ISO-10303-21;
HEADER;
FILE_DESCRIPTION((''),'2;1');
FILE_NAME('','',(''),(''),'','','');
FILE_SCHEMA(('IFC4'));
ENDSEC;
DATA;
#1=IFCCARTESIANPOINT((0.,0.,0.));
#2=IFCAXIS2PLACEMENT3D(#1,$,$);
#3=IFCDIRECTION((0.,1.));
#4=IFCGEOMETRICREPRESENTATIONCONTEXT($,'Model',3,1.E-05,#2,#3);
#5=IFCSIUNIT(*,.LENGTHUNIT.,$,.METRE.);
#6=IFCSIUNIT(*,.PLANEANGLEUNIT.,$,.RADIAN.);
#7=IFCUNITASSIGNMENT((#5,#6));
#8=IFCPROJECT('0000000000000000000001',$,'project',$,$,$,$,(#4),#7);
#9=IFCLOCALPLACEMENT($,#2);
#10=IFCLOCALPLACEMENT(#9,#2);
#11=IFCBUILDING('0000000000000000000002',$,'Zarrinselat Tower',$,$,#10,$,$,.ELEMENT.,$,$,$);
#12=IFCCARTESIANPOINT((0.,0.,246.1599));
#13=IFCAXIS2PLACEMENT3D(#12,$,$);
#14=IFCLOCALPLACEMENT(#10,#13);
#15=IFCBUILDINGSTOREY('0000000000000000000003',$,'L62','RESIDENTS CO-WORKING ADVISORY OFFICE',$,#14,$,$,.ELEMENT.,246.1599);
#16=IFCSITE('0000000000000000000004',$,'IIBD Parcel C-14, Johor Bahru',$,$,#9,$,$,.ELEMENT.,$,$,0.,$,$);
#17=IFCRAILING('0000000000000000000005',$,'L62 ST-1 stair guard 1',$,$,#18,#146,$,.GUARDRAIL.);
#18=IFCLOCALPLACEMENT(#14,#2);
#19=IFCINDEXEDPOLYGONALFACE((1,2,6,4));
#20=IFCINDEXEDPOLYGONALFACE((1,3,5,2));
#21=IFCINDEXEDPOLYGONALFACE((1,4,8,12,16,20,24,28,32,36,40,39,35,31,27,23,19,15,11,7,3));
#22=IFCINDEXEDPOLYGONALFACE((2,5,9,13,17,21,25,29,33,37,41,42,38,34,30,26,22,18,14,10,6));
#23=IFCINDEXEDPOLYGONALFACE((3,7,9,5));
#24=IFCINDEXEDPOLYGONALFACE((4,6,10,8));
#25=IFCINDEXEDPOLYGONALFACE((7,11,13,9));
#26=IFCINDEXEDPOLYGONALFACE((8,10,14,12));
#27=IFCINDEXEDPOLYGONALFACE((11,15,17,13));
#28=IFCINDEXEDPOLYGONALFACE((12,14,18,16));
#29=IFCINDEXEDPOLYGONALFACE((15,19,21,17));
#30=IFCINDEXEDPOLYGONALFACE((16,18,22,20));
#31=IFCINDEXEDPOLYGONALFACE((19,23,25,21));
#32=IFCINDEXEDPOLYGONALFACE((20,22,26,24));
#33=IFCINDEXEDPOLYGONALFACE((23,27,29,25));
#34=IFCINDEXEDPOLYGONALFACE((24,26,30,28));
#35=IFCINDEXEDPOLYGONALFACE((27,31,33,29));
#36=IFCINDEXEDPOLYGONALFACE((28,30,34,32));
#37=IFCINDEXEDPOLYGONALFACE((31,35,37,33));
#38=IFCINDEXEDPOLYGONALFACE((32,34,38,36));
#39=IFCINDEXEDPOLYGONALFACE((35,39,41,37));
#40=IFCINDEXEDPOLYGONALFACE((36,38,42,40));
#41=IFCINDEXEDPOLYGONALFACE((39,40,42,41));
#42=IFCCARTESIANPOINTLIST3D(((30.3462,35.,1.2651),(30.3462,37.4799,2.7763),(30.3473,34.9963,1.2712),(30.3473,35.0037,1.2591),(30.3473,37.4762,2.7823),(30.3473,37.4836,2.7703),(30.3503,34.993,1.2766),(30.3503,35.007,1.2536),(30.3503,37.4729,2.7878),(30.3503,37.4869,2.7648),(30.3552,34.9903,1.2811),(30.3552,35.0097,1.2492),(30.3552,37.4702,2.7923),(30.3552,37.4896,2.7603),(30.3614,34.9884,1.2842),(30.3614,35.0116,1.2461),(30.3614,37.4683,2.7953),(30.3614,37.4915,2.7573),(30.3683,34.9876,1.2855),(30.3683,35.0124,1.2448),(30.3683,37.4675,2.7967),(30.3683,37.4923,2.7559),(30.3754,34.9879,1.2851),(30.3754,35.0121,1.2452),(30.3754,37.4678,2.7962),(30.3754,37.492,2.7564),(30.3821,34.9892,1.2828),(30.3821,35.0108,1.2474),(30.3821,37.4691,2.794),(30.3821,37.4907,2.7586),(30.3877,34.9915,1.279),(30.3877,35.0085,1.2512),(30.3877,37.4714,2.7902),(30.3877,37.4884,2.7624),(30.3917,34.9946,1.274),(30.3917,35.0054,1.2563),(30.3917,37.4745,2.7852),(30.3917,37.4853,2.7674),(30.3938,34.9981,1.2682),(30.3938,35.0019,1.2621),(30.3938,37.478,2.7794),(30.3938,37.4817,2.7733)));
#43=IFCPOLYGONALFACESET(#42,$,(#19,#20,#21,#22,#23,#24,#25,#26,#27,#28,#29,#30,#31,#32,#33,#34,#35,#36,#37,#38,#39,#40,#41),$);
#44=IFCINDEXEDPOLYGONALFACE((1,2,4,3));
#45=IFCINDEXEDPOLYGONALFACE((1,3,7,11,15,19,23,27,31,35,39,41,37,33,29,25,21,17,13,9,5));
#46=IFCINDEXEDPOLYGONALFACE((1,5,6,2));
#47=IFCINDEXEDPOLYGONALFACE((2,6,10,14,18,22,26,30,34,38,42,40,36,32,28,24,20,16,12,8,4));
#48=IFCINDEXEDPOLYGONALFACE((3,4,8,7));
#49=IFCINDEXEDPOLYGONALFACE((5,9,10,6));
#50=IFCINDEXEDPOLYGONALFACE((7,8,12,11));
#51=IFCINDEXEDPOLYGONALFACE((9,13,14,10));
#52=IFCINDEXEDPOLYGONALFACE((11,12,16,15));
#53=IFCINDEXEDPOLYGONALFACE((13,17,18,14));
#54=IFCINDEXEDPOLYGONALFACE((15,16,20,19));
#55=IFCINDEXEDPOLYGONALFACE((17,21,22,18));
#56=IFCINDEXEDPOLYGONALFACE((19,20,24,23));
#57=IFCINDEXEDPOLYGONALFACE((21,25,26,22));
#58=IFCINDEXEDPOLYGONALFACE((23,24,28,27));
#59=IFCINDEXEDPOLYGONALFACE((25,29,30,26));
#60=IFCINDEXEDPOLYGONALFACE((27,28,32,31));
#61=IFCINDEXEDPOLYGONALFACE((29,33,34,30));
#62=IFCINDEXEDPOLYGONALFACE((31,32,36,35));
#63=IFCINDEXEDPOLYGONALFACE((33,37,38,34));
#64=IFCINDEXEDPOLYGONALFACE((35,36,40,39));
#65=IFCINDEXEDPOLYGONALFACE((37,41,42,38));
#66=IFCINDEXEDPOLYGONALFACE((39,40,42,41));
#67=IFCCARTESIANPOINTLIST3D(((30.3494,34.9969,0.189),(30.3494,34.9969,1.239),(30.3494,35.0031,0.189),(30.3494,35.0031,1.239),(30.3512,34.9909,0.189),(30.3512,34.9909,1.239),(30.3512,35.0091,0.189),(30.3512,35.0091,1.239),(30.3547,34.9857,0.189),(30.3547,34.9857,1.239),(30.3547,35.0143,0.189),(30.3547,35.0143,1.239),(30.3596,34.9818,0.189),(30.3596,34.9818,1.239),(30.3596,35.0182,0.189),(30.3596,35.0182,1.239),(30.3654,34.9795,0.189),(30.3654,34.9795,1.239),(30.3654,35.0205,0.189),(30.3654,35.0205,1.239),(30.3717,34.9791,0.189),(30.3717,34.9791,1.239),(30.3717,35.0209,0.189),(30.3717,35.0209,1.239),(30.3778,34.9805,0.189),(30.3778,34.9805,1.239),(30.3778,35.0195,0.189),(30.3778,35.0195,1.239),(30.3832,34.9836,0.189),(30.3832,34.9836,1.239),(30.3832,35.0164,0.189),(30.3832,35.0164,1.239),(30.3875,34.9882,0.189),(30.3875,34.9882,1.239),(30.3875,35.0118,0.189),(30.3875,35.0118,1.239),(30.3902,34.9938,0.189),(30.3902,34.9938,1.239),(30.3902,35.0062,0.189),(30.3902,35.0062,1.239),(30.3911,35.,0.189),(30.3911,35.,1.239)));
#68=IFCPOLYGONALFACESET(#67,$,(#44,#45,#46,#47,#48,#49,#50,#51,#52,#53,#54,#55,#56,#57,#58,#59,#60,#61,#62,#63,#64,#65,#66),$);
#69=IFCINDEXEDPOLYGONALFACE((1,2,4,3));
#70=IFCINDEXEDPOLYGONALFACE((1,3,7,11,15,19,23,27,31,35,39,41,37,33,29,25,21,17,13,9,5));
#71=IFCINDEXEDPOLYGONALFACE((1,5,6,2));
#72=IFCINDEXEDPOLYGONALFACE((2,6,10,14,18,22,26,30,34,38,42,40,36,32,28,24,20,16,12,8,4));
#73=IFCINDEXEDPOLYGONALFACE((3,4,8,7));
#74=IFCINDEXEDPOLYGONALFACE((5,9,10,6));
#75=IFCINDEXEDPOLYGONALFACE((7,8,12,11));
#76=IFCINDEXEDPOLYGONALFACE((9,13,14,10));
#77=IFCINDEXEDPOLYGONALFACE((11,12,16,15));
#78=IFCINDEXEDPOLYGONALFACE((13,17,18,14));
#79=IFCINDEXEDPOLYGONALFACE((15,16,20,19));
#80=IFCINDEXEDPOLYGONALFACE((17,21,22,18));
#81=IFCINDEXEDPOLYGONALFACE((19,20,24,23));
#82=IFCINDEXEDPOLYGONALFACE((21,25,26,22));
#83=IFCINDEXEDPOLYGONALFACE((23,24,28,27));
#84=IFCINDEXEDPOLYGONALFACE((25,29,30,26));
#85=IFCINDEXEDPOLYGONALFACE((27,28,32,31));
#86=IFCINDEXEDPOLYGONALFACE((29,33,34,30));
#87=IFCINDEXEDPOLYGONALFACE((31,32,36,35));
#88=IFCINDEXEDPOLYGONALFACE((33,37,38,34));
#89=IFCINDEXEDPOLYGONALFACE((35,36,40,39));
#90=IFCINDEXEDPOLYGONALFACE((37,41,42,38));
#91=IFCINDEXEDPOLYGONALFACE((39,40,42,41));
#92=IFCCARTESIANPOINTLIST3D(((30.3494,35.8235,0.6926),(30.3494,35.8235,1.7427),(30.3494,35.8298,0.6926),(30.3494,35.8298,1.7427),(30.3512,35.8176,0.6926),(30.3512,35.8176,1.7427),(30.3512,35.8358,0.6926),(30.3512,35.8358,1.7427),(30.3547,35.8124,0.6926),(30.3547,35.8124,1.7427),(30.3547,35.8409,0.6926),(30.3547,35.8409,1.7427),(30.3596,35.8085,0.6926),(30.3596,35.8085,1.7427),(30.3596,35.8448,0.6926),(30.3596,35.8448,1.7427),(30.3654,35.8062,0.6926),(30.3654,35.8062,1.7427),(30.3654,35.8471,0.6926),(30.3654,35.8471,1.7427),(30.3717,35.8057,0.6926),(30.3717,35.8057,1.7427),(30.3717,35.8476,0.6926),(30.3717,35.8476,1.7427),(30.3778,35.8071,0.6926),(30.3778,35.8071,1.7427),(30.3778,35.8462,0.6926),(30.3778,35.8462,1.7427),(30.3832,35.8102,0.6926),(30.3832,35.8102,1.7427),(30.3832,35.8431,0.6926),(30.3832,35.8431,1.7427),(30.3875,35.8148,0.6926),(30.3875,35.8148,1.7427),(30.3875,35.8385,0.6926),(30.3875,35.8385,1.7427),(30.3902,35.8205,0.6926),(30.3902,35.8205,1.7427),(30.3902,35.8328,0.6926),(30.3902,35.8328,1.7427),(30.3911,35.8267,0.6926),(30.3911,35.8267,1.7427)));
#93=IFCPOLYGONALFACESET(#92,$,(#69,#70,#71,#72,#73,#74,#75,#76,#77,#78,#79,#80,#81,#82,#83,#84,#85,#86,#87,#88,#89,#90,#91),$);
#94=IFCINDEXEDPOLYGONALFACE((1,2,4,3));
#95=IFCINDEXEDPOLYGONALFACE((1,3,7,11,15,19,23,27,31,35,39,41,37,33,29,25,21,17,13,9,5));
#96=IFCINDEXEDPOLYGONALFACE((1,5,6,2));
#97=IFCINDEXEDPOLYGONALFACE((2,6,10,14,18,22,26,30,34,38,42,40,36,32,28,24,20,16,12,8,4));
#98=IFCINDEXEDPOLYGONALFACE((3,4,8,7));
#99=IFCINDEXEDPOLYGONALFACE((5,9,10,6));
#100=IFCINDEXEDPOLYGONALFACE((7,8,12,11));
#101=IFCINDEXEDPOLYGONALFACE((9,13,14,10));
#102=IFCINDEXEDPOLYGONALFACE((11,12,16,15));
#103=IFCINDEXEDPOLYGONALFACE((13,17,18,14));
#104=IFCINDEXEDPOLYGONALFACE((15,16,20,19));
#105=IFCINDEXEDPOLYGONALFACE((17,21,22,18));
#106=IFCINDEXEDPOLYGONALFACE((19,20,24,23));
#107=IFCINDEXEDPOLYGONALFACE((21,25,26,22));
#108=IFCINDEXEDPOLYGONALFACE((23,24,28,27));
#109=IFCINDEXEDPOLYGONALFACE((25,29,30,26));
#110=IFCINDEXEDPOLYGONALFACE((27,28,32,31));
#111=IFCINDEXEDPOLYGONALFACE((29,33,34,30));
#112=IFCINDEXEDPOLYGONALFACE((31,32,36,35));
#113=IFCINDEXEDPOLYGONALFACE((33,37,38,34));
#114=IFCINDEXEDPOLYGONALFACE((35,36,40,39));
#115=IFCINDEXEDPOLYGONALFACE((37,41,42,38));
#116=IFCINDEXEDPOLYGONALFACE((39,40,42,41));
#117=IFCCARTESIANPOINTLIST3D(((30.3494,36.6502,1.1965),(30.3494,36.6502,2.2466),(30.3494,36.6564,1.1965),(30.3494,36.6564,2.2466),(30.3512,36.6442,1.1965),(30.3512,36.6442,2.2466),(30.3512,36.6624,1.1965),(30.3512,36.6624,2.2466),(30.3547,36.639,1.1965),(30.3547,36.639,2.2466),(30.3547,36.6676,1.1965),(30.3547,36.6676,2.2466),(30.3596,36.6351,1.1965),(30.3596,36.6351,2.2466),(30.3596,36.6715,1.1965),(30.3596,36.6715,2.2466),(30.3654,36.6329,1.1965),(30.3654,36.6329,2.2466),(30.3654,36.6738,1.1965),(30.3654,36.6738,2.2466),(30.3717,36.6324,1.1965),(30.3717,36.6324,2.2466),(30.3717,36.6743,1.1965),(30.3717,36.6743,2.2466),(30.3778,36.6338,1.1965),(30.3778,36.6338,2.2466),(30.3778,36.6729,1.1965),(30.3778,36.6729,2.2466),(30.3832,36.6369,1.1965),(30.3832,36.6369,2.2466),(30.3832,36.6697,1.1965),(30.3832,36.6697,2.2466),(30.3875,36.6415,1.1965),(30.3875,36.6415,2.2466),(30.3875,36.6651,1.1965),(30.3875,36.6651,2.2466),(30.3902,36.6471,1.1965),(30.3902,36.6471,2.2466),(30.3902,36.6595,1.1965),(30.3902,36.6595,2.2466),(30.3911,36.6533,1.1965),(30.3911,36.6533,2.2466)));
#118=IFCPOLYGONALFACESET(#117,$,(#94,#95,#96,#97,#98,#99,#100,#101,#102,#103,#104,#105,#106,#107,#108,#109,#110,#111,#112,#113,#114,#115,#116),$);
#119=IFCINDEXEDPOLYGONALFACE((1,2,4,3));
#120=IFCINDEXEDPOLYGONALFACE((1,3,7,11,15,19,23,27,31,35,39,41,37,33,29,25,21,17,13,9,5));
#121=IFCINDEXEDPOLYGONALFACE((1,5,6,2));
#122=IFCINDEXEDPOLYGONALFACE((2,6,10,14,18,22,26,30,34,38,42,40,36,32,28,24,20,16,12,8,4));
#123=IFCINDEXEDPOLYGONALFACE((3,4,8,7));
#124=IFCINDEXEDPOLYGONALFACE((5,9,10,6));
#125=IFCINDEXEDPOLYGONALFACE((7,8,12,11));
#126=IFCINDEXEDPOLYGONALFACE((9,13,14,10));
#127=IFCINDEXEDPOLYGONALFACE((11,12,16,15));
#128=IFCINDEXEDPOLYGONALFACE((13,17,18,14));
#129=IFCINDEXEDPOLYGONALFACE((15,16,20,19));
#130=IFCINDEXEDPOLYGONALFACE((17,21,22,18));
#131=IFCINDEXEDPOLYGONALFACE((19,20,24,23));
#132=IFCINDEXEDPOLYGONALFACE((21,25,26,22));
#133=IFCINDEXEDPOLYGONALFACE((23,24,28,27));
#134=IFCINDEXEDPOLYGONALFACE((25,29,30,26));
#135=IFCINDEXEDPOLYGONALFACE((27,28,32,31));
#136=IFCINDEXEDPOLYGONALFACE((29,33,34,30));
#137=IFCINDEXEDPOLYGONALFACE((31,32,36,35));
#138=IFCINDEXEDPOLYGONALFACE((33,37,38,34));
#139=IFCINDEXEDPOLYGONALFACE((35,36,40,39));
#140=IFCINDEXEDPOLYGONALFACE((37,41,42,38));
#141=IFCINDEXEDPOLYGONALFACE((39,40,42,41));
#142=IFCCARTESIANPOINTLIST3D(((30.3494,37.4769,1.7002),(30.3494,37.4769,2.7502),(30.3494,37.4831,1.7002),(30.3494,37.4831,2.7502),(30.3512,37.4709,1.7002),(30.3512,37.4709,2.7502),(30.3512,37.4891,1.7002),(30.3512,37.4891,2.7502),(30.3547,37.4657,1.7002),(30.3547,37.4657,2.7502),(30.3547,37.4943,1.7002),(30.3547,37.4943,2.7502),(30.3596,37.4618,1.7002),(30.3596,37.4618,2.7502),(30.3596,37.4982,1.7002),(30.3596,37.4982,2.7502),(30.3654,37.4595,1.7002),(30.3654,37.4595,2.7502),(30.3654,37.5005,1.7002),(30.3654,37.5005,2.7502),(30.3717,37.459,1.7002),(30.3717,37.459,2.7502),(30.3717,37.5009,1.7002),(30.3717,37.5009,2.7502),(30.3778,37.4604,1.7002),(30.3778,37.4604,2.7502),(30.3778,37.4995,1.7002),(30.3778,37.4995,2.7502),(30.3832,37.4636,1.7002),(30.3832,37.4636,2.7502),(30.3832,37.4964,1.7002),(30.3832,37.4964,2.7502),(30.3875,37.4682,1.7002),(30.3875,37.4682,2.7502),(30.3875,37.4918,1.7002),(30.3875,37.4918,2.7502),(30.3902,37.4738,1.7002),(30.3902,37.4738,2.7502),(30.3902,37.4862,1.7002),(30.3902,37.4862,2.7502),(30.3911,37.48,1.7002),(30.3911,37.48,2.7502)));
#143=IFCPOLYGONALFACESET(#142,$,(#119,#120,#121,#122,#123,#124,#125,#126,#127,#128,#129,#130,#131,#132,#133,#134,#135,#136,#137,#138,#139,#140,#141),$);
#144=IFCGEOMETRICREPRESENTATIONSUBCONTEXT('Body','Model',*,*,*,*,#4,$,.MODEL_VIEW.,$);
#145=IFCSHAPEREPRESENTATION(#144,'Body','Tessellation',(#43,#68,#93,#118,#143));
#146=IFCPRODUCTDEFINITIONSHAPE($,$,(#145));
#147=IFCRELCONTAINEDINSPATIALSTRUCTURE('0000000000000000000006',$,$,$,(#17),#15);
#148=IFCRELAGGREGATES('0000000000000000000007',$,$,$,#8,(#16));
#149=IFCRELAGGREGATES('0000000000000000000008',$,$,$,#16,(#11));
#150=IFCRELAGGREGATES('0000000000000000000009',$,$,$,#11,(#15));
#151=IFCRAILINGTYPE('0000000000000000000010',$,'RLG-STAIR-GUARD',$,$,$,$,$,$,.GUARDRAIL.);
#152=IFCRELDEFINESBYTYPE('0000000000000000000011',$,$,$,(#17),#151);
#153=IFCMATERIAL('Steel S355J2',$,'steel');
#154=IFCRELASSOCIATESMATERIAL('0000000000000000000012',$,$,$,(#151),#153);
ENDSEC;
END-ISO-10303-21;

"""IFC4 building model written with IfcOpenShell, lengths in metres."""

from ifc_helpers import new_model, si_unit, direction, frame, origin, origin_2d, place, context, subcontext, project, spatial, circle, extrude, material, type_object, element, save


model = new_model("IFC4")

# Units and contexts
model_context = context("Model", 3, precision=1e-05, world=origin(), true_north=direction((0.0, 1.0)))
body_context = subcontext(model_context, "Body", "Model", "MODEL_VIEW")
ifc_project = project(units=[si_unit("LENGTHUNIT", "METRE"), si_unit("PLANEANGLEUNIT", "RADIAN")], contexts=[model_context])

# Site, building, storey
site_placement = place(None, origin())
site = spatial("IfcSite", under=ifc_project, at=site_placement, Name="IIBD Parcel C-14, Johor Bahru", CompositionType="ELEMENT", RefElevation=0.0)
building_placement = place(site_placement, origin())
building = spatial("IfcBuilding", under=site, at=building_placement, Name="Zarrinselat Tower", CompositionType="ELEMENT")
storey_placement = place(building_placement, frame((0.0, 0.0, 246.1599)))
storey = spatial("IfcBuildingStorey", under=building, at=storey_placement, Name="L62", Description="RESIDENTS CO-WORKING ADVISORY OFFICE", CompositionType="ELEMENT", Elevation=246.1599)

# Railing
ifc_material_1 = material(Name="Steel S355J2", Category="steel")
railing_type_1 = type_object("IfcRailingType", Name="RLG-STAIR-GUARD", PredefinedType="GUARDRAIL", material=ifc_material_1)
railing_1_placement = place(storey_placement, frame((30.3701, 35.0, 0.189)))
element("IfcRailing", 1, at=railing_1_placement, inside=storey, type_object=railing_type_1, Name="L62 ST-1 stair guard 1", PredefinedType="GUARDRAIL", context=body_context, shape_type="SweptSolid", body=[
    extrude(circle(Radius=0.0239, at=origin_2d()), frame((0.0, 0.0, 1.0762), z_axis=(0.0, 0.853942, 0.520368), x_axis=(-1.0, 0.0, 0.0)), (0.0, 0.0, 1.0), 2.9041),
    extrude(circle(Radius=0.021, at=origin_2d()), origin(), (0.0, 0.0, 1.0), 1.05),
    extrude(circle(Radius=0.021, at=origin_2d()), frame((0.0, 0.8267, 0.5037)), (0.0, 0.0, 1.0), 1.05),
    extrude(circle(Radius=0.021, at=origin_2d()), frame((0.0, 1.6533, 1.0076)), (0.0, 0.0, 1.0), 1.05),
    extrude(circle(Radius=0.021, at=origin_2d()), frame((0.0, 2.48, 1.5112)), (0.0, 0.0, 1.0), 1.05),
])

save(model, "model.ifc")
